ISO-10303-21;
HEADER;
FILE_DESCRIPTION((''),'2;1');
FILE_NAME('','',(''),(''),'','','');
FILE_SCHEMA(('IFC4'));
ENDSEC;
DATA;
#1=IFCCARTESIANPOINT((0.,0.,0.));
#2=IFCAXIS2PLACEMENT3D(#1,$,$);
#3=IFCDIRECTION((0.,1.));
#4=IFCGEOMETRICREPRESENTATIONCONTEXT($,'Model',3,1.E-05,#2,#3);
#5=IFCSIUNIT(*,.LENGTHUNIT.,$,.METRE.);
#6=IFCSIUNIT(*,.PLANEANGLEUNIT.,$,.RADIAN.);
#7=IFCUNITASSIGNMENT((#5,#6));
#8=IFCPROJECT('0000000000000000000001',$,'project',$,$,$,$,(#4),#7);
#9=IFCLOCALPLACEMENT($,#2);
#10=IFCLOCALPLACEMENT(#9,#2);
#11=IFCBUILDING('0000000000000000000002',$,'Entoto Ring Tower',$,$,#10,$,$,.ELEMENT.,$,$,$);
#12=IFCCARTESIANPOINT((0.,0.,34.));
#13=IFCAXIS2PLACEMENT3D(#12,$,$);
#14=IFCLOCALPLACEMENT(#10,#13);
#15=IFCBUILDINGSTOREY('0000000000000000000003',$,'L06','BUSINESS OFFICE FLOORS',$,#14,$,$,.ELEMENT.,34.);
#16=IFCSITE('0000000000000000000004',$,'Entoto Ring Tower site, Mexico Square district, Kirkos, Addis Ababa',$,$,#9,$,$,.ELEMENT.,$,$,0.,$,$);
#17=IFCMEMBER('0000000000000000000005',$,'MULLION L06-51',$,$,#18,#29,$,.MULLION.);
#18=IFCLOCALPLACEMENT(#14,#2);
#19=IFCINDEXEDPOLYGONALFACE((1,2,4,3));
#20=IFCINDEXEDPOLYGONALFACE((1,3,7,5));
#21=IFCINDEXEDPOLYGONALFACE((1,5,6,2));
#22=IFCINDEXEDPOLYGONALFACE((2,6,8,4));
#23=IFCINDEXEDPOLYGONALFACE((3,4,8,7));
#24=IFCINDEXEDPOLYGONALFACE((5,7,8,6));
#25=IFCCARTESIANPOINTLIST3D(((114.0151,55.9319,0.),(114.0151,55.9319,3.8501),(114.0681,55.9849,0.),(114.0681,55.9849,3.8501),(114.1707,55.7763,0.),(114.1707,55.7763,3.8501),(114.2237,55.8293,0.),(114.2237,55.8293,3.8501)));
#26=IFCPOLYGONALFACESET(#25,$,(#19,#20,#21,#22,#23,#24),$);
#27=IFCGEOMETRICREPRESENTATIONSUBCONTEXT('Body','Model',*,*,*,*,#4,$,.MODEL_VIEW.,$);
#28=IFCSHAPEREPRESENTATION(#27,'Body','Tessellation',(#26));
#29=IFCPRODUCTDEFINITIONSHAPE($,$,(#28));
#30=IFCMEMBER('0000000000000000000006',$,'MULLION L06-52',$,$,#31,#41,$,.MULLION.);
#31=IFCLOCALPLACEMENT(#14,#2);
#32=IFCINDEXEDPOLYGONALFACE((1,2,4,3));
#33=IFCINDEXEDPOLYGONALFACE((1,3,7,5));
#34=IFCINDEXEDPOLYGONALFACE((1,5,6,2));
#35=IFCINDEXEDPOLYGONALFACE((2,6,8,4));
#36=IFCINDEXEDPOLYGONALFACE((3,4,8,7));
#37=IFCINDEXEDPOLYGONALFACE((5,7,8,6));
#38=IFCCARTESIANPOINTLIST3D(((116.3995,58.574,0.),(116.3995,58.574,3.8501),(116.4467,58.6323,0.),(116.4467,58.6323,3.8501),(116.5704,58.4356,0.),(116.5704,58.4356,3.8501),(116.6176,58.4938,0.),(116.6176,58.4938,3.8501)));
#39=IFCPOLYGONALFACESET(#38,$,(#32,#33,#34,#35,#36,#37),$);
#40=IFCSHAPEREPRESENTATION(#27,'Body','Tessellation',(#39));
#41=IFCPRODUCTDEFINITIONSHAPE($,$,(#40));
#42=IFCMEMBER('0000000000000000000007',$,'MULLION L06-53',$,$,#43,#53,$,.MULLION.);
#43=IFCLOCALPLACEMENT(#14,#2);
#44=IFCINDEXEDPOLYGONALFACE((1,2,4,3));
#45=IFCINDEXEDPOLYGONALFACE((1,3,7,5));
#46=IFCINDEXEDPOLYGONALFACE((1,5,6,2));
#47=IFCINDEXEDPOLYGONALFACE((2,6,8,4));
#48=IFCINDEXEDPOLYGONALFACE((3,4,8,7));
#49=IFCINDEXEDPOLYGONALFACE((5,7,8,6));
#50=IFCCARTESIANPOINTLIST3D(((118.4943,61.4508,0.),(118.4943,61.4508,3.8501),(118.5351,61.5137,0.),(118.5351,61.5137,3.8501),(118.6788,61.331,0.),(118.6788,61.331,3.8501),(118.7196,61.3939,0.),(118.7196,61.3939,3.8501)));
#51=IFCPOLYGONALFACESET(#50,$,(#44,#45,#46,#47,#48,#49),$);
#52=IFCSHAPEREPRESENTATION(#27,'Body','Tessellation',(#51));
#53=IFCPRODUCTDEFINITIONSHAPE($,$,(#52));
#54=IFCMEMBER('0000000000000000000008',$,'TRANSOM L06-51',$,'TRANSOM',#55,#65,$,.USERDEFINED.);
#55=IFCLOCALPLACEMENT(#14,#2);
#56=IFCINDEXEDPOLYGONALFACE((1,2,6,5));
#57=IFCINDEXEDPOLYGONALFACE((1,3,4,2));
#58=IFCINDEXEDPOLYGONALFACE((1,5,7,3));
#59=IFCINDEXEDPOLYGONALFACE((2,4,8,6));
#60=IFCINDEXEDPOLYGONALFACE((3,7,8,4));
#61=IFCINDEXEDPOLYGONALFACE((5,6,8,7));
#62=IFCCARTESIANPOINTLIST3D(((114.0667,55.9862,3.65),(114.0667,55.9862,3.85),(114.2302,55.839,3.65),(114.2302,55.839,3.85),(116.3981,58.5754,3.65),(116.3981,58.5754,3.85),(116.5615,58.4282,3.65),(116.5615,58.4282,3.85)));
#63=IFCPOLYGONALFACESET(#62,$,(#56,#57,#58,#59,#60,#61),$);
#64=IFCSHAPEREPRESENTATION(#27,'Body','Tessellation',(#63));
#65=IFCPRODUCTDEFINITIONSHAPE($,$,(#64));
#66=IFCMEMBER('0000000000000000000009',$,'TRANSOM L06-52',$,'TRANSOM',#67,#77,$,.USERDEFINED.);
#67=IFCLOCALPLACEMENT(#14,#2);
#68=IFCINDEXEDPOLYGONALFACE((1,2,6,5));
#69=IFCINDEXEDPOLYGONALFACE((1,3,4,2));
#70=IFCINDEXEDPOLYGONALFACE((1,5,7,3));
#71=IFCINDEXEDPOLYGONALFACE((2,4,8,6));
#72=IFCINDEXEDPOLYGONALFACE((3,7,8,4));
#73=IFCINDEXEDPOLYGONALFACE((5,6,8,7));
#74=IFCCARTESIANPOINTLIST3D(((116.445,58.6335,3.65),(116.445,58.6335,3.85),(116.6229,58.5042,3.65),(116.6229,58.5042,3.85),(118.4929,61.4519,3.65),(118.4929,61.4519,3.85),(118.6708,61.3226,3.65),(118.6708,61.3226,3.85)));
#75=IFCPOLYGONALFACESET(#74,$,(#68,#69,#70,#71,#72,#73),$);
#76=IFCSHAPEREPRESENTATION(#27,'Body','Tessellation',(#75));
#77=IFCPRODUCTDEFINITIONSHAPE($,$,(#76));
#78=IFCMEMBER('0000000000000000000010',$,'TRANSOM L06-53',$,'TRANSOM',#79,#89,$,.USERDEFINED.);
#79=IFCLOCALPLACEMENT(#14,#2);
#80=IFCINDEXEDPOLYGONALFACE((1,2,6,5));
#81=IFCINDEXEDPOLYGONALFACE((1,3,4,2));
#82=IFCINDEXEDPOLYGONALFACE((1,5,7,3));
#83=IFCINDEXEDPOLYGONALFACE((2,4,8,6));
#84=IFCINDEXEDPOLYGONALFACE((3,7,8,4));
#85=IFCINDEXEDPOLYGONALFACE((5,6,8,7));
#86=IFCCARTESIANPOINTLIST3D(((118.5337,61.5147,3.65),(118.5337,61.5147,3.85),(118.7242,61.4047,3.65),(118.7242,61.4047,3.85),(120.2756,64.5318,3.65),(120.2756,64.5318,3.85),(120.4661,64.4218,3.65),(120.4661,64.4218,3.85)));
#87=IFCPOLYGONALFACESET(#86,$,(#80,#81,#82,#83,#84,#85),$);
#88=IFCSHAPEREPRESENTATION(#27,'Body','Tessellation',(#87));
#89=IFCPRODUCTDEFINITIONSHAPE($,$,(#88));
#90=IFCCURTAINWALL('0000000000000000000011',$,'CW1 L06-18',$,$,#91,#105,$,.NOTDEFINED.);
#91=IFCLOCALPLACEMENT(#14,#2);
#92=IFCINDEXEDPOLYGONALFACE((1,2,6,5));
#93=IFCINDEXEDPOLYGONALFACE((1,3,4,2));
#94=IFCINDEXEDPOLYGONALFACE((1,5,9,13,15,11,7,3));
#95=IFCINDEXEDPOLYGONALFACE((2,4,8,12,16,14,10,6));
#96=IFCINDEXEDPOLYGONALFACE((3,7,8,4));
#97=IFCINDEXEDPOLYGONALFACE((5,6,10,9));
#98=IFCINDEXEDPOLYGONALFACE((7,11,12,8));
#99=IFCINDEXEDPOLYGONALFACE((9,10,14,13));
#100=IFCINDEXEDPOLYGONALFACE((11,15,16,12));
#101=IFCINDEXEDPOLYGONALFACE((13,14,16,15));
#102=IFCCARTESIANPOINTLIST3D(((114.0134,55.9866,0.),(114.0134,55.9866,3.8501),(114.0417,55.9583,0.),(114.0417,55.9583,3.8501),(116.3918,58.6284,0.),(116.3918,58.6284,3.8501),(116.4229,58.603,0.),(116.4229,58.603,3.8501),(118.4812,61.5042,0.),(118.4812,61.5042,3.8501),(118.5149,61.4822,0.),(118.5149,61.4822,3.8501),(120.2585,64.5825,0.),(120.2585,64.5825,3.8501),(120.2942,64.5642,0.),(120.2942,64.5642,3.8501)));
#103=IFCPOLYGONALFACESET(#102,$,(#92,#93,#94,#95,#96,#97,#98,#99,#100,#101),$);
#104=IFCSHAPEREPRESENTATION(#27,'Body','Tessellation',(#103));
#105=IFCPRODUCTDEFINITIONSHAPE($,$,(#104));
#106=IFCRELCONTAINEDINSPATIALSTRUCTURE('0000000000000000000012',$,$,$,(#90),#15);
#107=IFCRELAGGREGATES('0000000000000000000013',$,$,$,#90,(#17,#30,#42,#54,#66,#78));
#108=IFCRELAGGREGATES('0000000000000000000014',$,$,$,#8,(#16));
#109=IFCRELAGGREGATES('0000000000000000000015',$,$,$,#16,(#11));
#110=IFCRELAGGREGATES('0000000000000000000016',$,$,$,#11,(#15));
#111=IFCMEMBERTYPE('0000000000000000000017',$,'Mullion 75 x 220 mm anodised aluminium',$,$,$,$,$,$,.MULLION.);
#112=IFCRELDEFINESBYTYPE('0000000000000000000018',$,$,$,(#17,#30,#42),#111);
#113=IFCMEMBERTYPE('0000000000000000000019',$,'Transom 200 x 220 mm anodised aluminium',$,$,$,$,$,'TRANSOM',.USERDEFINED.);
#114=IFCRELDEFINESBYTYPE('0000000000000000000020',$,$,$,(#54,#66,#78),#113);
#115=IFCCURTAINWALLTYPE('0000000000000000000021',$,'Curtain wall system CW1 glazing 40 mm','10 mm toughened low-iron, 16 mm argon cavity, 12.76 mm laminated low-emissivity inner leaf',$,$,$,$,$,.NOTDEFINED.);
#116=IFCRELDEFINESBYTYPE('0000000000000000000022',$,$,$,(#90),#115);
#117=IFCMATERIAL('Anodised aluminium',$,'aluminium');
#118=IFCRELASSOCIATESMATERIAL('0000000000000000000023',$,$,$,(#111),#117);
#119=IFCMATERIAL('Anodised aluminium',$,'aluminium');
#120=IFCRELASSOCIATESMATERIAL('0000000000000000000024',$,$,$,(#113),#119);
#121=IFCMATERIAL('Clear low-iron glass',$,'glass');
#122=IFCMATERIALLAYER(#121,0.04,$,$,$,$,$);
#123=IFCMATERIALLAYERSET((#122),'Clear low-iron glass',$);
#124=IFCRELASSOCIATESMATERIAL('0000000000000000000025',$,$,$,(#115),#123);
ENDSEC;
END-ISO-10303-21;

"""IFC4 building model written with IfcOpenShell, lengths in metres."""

from ifc_helpers import new_model, si_unit, direction, frame, origin, origin_2d, place, context, subcontext, project, spatial, polyline, rectangle, outline, extrude, material, layer, layer_set, material_profile, profile_set, type_object, element, aggregate, save


model = new_model("IFC4")

# Units and contexts
model_context = context("Model", 3, precision=1e-05, world=origin(), true_north=direction((0.0, 1.0)))
body_context = subcontext(model_context, "Body", "Model", "MODEL_VIEW")
ifc_project = project(units=[si_unit("LENGTHUNIT", "METRE"), si_unit("PLANEANGLEUNIT", "RADIAN")], contexts=[model_context])

# Members
ifc_material_1 = material(Name="Anodised aluminium", Category="aluminium")
ifc_material_profile_1 = material_profile(ifc_material_1, rectangle(XDim=0.075, YDim=0.22, at=origin_2d()), Name="Mullion 75 x 220 mm anodised aluminium")
ifc_profile_set_1 = profile_set([ifc_material_profile_1], Name="Anodised aluminium")
member_type_1 = type_object("IfcMemberType", Name="Mullion 75 x 220 mm anodised aluminium", PredefinedType="MULLION", material=ifc_profile_set_1)
site_placement = place(None, origin())
building_placement = place(site_placement, origin())
storey_placement = place(building_placement, frame((0.0, 0.0, 34.0)))
member_1_placement = place(storey_placement, frame((114.1194, 55.8806, 0.0), z_axis=(0.0, 0.0, 1.0), x_axis=(0.707107, 0.707107, 0.0)))
member_1 = element("IfcMember", 1, at=member_1_placement, type_object=member_type_1, Name="MULLION L06-51", PredefinedType="MULLION", context=body_context, shape_type="SweptSolid", body=[
    extrude(rectangle(XDim=0.075, YDim=0.22, at=origin_2d()), origin(), (0.0, 0.0, 1.0), 3.8501),
])
member_2_placement = place(storey_placement, frame((116.5085, 58.5339, 0.0), z_axis=(0.0, 0.0, 1.0), x_axis=(0.62932, 0.777146, 0.0)))
member_2 = element("IfcMember", 2, at=member_2_placement, type_object=member_type_1, Name="MULLION L06-52", PredefinedType="MULLION", context=body_context, shape_type="SweptSolid", body=[
    extrude(rectangle(XDim=0.075, YDim=0.22, at=origin_2d()), origin(), (0.0, 0.0, 1.0), 3.8501),
])
member_3_placement = place(storey_placement, frame((118.6069, 61.4224, 0.0), z_axis=(0.0, 0.0, 1.0), x_axis=(0.544639, 0.838671, 0.0)))
member_3 = element("IfcMember", 3, at=member_3_placement, type_object=member_type_1, Name="MULLION L06-53", PredefinedType="MULLION", context=body_context, shape_type="SweptSolid", body=[
    extrude(rectangle(XDim=0.075, YDim=0.22, at=origin_2d()), origin(), (0.0, 0.0, 1.0), 3.8501),
])
ifc_material_2 = material(Name="Anodised aluminium", Category="aluminium")
ifc_material_profile_2 = material_profile(ifc_material_2, rectangle(XDim=0.22, YDim=0.2, at=origin_2d()), Name="Transom 200 x 220 mm anodised aluminium")
ifc_profile_set_2 = profile_set([ifc_material_profile_2], Name="Anodised aluminium")
member_type_2 = type_object("IfcMemberType", Name="Transom 200 x 220 mm anodised aluminium", ElementType="TRANSOM", PredefinedType="USERDEFINED", material=ifc_profile_set_2)
member_4_placement = place(storey_placement, frame((114.1484, 55.9126, 3.75), z_axis=(0.669139, 0.743137, 0.0), x_axis=(-0.743137, 0.669139, 0.0)))
member_4 = element("IfcMember", 4, at=member_4_placement, type_object=member_type_2, Name="TRANSOM L06-51", ObjectType="TRANSOM", PredefinedType="USERDEFINED", context=body_context, shape_type="SweptSolid", body=[
    extrude(rectangle(XDim=0.22, YDim=0.2, at=origin_2d()), origin(), (0.0, 0.0, 1.0), 3.4841),
])
member_5_placement = place(storey_placement, frame((116.5339, 58.5688, 3.75), z_axis=(0.587822, 0.808991, 0.0), x_axis=(-0.808991, 0.587822, 0.0)))
member_5 = element("IfcMember", 5, at=member_5_placement, type_object=member_type_2, Name="TRANSOM L06-52", ObjectType="TRANSOM", PredefinedType="USERDEFINED", context=body_context, shape_type="SweptSolid", body=[
    extrude(rectangle(XDim=0.22, YDim=0.2, at=origin_2d()), origin(), (0.0, 0.0, 1.0), 3.4839),
])
member_6_placement = place(storey_placement, frame((118.6289, 61.4597, 3.75), z_axis=(0.500006, 0.866022, 0.0), x_axis=(-0.866022, 0.500006, 0.0)))
member_6 = element("IfcMember", 6, at=member_6_placement, type_object=member_type_2, Name="TRANSOM L06-53", ObjectType="TRANSOM", PredefinedType="USERDEFINED", context=body_context, shape_type="SweptSolid", body=[
    extrude(rectangle(XDim=0.22, YDim=0.2, at=origin_2d()), origin(), (0.0, 0.0, 1.0), 3.4839),
])

# Site, building, storey
site = spatial("IfcSite", under=ifc_project, at=site_placement, Name="Entoto Ring Tower site, Mexico Square district, Kirkos, Addis Ababa", CompositionType="ELEMENT", RefElevation=0.0)
building = spatial("IfcBuilding", under=site, at=building_placement, Name="Entoto Ring Tower", CompositionType="ELEMENT")
storey = spatial("IfcBuildingStorey", under=building, at=storey_placement, Name="L06", Description="BUSINESS OFFICE FLOORS", CompositionType="ELEMENT", Elevation=34.0)

# Curtain wall
ifc_material_3 = material(Name="Clear low-iron glass", Category="glass")
ifc_layer = layer(ifc_material_3, 0.04)
ifc_layer_set = layer_set([ifc_layer], Name="Clear low-iron glass")
curtain_wall_type = type_object("IfcCurtainWallType", Name="Curtain wall system CW1 glazing 40 mm", Description="10 mm toughened low-iron, 16 mm argon cavity, 12.76 mm laminated low-emissivity inner leaf", PredefinedType="NOTDEFINED", material=ifc_layer_set)
curtain_wall_1_placement = place(storey_placement, origin())
curtain_wall_1 = element("IfcCurtainWall", 7, at=curtain_wall_1_placement, inside=storey, type_object=curtain_wall_type, Name="CW1 L06-18", PredefinedType="NOTDEFINED", context=body_context, shape_type="SweptSolid", body=[
    extrude(outline(polyline([(114.0417, 55.9583), (116.4229, 58.603), (118.5149, 61.4822), (120.2942, 64.5642), (120.2585, 64.5825), (118.4812, 61.5042), (116.3918, 58.6284), (114.0134, 55.9866), (114.0417, 55.9583)])), origin(), (0.0, 0.0, 1.0), 3.8501),
])
aggregate(curtain_wall_1, [member_1, member_2, member_3, member_4, member_5, member_6])

save(model, "model.ifc")
